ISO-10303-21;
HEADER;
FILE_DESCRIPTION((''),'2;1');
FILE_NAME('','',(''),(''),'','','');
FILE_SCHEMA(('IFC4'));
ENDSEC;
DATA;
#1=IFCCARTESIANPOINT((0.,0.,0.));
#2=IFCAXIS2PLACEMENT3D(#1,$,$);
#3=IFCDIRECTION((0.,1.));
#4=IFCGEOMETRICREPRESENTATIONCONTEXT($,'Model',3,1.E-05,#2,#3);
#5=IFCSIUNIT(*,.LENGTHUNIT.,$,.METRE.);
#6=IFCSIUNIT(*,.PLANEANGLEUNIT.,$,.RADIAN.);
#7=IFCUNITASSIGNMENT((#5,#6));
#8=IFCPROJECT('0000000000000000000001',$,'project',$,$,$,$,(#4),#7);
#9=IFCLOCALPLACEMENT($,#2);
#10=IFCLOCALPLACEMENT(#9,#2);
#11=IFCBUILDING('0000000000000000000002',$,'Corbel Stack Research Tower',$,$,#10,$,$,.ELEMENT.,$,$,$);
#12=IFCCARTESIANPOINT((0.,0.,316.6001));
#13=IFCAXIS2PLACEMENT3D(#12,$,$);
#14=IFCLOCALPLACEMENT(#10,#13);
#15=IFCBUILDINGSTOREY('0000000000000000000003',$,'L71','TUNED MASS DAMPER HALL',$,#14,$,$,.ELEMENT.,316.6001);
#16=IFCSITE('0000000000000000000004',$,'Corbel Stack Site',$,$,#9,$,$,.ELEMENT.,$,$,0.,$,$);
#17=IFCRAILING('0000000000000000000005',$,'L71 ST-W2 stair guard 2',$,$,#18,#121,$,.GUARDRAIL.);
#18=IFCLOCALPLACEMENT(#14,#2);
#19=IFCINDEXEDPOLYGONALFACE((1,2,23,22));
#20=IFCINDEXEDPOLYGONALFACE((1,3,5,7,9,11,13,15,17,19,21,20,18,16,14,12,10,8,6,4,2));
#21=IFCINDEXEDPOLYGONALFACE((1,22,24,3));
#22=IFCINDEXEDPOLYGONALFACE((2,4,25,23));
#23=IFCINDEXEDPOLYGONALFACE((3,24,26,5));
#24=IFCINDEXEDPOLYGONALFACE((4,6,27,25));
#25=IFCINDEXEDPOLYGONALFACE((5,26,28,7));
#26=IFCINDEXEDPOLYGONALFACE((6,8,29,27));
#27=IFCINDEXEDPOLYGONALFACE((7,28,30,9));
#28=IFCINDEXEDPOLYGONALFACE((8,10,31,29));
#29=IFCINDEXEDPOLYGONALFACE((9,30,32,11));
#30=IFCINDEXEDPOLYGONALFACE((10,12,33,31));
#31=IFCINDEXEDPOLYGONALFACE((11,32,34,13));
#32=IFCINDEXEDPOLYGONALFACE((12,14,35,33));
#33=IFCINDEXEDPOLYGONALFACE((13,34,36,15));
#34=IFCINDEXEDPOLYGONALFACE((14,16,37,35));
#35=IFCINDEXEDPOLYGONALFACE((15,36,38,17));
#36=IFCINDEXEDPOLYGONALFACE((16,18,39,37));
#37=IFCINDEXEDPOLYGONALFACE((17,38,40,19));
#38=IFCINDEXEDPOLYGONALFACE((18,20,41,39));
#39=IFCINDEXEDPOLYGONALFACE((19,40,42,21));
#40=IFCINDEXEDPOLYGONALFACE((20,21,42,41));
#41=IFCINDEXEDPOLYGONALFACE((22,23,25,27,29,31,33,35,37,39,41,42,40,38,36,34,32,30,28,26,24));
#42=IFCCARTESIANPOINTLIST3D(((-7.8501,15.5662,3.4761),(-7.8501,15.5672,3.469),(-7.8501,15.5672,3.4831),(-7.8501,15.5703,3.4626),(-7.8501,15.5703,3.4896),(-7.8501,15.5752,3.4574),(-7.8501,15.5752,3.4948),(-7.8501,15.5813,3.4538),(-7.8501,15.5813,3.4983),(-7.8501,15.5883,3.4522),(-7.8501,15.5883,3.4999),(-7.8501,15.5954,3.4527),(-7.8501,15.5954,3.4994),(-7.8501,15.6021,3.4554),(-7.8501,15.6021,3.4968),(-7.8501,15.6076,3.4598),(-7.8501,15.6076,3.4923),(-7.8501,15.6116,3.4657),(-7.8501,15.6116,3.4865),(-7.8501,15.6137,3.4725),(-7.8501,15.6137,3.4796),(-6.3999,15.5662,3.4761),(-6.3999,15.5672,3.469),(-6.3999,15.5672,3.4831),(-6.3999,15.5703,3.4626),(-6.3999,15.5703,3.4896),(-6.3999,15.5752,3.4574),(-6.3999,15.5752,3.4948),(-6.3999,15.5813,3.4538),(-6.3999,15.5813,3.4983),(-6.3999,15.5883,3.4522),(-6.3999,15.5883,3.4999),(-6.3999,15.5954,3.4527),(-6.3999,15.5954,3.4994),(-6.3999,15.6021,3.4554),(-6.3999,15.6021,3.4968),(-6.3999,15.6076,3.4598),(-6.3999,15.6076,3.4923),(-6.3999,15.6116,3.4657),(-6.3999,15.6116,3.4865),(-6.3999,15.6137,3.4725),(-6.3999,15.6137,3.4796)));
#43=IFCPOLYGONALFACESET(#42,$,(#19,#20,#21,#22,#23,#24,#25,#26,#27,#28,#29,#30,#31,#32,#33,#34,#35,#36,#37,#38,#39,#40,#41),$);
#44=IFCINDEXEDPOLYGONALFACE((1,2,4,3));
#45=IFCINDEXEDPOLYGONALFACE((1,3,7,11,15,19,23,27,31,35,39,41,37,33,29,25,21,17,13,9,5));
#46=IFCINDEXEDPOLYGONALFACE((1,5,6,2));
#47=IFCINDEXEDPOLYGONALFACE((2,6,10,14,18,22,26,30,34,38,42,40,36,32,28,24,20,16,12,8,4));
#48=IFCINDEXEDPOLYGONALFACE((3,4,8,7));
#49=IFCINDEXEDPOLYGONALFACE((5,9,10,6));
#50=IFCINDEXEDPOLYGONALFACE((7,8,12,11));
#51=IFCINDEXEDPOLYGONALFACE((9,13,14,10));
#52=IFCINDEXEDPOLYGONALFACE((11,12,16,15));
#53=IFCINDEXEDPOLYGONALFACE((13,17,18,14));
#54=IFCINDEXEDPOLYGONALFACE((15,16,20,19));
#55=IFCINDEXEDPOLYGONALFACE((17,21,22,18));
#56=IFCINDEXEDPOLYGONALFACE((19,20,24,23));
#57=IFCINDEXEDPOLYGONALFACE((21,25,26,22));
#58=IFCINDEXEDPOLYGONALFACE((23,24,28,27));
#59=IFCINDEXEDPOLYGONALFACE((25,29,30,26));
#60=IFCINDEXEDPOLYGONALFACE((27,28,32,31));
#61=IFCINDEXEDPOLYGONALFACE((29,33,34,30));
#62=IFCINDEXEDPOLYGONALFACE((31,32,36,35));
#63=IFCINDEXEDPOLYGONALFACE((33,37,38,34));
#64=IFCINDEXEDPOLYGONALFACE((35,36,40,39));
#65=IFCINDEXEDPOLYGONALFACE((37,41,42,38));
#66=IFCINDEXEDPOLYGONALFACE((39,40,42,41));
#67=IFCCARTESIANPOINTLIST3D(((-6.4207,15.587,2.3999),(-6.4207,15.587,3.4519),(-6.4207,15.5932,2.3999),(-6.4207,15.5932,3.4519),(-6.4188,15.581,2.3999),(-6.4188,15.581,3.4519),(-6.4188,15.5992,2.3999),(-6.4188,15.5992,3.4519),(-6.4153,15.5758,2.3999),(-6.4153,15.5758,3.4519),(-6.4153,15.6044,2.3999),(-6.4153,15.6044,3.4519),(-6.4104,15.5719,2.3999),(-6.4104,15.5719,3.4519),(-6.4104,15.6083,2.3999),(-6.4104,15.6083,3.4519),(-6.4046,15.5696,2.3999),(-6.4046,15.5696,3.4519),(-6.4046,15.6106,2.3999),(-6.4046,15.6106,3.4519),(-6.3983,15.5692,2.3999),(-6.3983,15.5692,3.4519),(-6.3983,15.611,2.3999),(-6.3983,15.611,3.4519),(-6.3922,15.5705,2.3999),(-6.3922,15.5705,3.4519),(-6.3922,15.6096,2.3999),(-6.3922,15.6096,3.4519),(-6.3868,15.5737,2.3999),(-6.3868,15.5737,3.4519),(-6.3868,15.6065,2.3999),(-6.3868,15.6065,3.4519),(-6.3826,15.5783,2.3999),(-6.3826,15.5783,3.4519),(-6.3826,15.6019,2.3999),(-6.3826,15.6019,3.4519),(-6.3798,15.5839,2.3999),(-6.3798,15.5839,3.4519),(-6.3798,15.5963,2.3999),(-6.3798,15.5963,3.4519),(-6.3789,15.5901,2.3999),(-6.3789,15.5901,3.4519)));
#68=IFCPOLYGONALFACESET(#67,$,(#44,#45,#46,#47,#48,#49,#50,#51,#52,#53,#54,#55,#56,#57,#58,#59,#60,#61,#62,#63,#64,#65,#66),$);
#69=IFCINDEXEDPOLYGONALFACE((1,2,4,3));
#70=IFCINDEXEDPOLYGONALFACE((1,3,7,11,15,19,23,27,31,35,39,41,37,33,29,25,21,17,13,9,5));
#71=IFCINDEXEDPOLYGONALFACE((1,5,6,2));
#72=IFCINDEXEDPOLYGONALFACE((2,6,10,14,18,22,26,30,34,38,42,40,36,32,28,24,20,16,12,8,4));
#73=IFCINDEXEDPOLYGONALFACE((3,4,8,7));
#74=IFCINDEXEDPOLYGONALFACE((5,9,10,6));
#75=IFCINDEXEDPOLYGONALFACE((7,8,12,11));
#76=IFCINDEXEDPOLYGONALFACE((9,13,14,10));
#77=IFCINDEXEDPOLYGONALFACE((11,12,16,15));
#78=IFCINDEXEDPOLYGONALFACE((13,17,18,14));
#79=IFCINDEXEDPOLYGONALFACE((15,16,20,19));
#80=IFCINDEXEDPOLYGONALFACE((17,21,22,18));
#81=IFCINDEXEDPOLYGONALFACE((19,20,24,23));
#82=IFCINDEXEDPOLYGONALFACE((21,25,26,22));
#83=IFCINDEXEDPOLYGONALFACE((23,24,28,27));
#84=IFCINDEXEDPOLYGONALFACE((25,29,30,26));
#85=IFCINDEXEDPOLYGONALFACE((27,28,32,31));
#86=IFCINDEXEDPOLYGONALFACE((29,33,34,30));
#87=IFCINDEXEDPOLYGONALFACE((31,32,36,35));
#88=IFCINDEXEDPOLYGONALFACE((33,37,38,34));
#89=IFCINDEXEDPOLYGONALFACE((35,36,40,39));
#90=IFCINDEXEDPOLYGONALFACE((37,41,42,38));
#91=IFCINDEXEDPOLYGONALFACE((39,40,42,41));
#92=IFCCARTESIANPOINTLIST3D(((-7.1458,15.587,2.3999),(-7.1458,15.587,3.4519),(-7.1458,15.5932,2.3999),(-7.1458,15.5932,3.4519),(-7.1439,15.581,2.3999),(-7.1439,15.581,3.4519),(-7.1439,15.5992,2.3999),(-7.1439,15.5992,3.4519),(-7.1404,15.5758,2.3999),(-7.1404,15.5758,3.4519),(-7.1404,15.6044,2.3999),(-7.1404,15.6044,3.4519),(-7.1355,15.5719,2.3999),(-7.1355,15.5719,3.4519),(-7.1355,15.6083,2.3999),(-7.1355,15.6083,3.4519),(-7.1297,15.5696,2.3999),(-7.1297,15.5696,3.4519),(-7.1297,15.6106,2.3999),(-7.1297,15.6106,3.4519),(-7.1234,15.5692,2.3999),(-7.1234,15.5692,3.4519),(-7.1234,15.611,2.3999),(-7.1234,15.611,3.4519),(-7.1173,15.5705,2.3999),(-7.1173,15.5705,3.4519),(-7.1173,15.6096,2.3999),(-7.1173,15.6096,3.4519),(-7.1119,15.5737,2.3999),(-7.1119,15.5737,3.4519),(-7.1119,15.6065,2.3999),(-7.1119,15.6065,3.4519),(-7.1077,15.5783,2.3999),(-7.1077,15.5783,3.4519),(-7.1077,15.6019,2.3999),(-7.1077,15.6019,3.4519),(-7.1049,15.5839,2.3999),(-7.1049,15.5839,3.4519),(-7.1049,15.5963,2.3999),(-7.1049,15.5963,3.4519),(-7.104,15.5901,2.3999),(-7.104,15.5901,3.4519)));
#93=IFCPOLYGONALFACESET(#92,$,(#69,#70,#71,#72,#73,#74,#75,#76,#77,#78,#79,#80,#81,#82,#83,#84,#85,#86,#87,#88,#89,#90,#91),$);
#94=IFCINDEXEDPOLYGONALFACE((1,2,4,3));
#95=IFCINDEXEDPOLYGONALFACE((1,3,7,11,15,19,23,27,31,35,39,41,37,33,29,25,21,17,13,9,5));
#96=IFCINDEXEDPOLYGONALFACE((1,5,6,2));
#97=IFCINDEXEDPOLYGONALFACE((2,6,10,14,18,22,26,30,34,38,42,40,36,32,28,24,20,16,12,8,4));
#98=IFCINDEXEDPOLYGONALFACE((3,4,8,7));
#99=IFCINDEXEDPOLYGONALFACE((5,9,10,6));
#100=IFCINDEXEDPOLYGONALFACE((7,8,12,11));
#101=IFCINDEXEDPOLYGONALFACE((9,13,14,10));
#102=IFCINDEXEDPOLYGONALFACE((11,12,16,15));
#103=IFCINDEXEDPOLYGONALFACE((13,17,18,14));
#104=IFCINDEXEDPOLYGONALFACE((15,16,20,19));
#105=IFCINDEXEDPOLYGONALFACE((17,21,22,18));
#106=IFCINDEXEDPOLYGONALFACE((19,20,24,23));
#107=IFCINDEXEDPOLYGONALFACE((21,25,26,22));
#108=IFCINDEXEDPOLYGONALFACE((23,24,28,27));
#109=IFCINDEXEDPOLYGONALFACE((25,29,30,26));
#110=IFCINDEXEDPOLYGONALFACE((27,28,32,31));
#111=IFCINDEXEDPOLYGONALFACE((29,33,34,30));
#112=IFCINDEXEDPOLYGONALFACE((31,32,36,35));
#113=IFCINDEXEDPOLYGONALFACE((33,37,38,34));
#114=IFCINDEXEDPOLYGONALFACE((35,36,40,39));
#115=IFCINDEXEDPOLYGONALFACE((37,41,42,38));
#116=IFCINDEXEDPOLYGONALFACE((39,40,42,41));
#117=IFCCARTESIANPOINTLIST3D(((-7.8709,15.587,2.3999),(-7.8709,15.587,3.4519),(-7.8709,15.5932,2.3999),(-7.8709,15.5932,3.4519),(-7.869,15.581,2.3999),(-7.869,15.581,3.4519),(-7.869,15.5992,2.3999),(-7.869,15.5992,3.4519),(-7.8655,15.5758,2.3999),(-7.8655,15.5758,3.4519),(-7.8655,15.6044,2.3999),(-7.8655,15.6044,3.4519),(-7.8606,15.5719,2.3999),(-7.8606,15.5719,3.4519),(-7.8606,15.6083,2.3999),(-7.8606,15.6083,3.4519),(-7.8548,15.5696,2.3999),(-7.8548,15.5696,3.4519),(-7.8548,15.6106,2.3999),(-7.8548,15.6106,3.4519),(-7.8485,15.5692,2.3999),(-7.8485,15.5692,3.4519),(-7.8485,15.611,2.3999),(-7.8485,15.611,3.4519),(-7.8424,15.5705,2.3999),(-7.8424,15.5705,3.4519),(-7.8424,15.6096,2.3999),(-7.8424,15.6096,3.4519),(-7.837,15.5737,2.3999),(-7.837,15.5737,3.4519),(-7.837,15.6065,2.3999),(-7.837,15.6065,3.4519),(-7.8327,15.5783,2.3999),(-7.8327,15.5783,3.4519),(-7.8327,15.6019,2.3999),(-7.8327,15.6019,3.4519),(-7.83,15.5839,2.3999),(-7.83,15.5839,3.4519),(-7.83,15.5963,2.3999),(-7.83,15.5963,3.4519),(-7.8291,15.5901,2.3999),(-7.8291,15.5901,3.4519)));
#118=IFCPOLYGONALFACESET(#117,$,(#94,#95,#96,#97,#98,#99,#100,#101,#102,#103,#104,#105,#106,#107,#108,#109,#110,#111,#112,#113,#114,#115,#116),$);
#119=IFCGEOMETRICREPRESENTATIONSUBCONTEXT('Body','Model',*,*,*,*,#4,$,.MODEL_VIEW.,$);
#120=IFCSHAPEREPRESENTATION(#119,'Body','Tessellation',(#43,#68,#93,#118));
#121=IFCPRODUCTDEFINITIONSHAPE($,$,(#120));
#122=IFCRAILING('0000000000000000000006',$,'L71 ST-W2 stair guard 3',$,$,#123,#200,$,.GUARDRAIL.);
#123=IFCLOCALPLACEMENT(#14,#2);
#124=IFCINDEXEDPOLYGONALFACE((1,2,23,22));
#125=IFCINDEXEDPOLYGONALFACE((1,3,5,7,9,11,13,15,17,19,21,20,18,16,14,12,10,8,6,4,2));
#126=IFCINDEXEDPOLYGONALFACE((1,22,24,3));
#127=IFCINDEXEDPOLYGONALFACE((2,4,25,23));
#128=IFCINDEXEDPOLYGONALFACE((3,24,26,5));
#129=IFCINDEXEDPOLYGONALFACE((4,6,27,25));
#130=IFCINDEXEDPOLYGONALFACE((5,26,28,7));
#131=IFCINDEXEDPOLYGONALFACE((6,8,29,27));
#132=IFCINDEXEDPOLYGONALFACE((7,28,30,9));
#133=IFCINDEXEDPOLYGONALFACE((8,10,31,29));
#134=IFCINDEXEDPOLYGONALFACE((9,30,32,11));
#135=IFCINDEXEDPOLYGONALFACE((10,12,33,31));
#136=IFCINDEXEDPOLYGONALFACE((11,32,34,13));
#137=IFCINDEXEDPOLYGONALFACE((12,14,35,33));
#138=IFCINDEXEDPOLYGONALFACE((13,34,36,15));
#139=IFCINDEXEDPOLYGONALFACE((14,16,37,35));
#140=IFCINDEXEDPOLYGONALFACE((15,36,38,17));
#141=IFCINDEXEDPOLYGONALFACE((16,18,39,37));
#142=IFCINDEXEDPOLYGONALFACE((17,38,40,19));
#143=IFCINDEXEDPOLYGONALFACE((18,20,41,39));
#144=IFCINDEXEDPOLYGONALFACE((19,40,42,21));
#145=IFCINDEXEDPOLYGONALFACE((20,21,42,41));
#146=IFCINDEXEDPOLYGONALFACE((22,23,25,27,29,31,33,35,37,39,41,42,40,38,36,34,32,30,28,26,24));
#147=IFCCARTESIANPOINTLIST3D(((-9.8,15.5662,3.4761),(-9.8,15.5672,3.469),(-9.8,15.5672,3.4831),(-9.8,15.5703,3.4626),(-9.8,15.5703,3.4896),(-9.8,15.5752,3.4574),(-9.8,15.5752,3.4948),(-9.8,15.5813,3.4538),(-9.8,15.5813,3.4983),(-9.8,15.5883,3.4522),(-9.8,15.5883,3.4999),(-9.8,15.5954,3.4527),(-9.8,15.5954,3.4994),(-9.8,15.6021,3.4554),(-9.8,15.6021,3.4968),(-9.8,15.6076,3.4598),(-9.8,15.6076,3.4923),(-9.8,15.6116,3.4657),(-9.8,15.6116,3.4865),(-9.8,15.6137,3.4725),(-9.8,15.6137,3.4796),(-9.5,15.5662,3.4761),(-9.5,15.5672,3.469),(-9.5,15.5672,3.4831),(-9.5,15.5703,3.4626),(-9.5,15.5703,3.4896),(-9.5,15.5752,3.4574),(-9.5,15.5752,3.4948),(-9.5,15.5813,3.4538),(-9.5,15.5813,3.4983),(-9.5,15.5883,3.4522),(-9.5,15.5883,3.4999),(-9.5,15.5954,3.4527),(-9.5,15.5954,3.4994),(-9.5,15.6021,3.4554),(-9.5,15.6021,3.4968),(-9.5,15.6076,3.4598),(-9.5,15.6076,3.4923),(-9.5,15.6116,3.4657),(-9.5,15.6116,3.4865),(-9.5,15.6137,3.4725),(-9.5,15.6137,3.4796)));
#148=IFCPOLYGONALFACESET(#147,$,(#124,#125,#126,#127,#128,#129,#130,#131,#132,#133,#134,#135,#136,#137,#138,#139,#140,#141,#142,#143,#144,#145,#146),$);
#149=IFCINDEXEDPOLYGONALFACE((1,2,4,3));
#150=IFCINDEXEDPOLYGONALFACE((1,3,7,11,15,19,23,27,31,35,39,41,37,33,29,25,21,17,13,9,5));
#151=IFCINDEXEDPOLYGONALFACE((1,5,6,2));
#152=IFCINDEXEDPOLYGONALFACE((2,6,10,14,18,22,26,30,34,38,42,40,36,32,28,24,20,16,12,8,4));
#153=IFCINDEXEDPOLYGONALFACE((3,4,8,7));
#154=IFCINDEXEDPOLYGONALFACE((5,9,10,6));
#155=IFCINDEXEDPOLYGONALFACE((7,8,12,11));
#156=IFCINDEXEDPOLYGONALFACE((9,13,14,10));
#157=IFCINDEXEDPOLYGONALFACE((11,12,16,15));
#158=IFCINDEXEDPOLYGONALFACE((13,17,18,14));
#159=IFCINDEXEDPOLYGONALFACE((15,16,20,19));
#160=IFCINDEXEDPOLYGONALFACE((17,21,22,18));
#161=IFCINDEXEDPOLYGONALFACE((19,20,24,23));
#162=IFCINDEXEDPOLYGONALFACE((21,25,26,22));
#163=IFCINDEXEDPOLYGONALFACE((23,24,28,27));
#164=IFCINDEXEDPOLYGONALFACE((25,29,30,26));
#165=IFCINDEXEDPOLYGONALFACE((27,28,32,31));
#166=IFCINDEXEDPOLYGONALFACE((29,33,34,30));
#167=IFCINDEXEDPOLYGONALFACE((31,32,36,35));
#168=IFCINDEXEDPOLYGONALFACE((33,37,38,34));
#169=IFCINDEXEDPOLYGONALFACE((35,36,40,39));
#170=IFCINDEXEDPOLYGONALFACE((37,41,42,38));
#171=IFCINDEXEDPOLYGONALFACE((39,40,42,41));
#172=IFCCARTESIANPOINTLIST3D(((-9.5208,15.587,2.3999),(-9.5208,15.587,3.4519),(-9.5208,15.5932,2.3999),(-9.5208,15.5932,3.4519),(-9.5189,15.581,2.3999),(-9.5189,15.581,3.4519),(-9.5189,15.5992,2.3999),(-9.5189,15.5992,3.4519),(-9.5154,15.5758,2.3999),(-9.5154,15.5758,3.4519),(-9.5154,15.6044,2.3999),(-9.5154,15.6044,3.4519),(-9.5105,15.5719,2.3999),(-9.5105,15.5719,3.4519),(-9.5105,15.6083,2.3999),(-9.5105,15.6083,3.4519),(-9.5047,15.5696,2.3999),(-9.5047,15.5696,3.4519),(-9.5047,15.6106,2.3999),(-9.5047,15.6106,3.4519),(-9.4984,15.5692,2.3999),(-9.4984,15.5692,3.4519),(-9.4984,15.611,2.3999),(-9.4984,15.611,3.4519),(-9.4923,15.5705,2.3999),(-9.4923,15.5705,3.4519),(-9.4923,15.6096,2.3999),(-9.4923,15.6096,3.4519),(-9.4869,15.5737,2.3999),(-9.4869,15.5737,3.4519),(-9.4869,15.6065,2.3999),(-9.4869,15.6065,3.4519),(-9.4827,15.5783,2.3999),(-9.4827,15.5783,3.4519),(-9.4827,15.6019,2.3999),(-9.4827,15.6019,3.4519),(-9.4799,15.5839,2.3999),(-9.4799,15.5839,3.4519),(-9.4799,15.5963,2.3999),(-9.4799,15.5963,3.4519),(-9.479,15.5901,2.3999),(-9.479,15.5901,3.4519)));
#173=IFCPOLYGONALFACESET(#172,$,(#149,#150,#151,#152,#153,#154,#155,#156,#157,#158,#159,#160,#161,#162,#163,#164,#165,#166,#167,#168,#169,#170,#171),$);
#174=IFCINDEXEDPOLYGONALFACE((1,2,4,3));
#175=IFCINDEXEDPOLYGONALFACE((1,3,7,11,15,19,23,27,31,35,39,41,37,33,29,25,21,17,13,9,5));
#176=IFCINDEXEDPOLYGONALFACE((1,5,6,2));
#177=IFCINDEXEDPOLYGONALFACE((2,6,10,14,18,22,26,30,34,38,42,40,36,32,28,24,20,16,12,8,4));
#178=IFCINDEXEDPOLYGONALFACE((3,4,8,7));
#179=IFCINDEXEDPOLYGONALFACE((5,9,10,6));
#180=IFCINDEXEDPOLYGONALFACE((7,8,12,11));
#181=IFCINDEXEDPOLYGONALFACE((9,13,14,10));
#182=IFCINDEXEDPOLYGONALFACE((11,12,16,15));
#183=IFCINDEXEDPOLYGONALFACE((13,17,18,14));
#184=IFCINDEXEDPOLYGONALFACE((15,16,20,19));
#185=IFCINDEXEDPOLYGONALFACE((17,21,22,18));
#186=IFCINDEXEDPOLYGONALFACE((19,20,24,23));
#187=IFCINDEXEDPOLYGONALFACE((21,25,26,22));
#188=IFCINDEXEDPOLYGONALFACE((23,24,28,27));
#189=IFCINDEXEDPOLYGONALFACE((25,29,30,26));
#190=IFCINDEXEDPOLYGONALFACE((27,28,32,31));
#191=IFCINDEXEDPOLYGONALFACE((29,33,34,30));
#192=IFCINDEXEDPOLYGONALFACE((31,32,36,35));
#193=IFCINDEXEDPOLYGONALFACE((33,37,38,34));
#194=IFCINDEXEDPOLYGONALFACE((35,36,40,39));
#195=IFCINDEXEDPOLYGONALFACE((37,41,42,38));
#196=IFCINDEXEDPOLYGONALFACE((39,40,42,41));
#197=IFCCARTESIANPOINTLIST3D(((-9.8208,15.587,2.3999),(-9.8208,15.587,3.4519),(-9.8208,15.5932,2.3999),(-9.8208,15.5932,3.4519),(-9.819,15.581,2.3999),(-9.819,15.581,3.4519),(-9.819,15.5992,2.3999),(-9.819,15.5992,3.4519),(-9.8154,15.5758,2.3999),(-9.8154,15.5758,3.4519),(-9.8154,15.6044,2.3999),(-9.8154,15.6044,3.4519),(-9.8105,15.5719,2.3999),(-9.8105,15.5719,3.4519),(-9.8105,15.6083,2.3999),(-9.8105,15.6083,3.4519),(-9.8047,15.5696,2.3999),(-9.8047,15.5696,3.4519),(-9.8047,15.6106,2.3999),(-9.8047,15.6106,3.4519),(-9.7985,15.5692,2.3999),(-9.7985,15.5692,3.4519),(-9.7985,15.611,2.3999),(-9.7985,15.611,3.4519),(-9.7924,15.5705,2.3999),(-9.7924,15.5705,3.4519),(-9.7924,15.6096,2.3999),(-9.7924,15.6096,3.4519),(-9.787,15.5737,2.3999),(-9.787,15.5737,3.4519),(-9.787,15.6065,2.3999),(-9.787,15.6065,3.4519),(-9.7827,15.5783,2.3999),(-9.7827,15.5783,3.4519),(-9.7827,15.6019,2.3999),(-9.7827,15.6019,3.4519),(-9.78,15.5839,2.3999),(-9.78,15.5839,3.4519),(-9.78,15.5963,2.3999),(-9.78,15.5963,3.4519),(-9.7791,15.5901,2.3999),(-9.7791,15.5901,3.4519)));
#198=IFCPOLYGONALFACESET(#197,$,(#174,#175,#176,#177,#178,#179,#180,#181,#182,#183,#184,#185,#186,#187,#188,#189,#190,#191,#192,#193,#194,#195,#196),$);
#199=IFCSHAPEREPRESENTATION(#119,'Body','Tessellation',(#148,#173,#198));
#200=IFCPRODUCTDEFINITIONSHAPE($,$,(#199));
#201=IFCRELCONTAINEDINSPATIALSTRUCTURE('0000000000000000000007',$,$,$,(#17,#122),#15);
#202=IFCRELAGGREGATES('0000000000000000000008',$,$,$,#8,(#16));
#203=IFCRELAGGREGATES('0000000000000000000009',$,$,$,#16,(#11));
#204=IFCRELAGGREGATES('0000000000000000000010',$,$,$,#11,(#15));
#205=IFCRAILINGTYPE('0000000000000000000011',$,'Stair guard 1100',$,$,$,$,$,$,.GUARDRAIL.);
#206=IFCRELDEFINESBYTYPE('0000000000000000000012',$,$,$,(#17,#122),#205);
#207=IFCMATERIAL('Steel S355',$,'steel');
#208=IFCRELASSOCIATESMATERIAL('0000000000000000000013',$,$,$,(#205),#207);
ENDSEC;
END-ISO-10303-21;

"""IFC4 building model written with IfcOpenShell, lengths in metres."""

from ifc_helpers import new_model, si_unit, direction, frame, origin, origin_2d, place, context, subcontext, project, spatial, circle, extrude, material, type_object, element, save


model = new_model("IFC4")

# Units and contexts
model_context = context("Model", 3, precision=1e-05, world=origin(), true_north=direction((0.0, 1.0)))
body_context = subcontext(model_context, "Body", "Model", "MODEL_VIEW")
ifc_project = project(units=[si_unit("LENGTHUNIT", "METRE"), si_unit("PLANEANGLEUNIT", "RADIAN")], contexts=[model_context])

# Site, building, storey
site_placement = place(None, origin())
site = spatial("IfcSite", under=ifc_project, at=site_placement, Name="Corbel Stack Site", CompositionType="ELEMENT", RefElevation=0.0)
building_placement = place(site_placement, origin())
building = spatial("IfcBuilding", under=site, at=building_placement, Name="Corbel Stack Research Tower", CompositionType="ELEMENT")
storey_placement = place(building_placement, frame((0.0, 0.0, 316.6001)))
storey = spatial("IfcBuildingStorey", under=building, at=storey_placement, Name="L71", Description="TUNED MASS DAMPER HALL", CompositionType="ELEMENT", Elevation=316.6001)

# Railings
ifc_material_1 = material(Name="Steel S355", Category="steel")
railing_type_1 = type_object("IfcRailingType", Name="Stair guard 1100", PredefinedType="GUARDRAIL", material=ifc_material_1)
railing_1_placement = place(storey_placement, frame((-6.3999, 15.5901, 2.3999)))
element("IfcRailing", 1, at=railing_1_placement, inside=storey, type_object=railing_type_1, Name="L71 ST-W2 stair guard 2", PredefinedType="GUARDRAIL", context=body_context, shape_type="SweptSolid", body=[
    extrude(circle(Radius=0.0239, at=origin_2d()), frame((0.0, 0.0, 1.0762), z_axis=(-1.0, 0.0, 0.0), x_axis=(0.0, -1.0, 0.0)), (0.0, 0.0, 1.0), 1.4502),
    extrude(circle(Radius=0.021, at=origin_2d()), origin(), (0.0, 0.0, 1.0), 1.052),
    extrude(circle(Radius=0.021, at=origin_2d()), frame((-0.7251, 0.0, 0.0)), (0.0, 0.0, 1.0), 1.052),
    extrude(circle(Radius=0.021, at=origin_2d()), frame((-1.4502, 0.0, 0.0)), (0.0, 0.0, 1.0), 1.052),
])
railing_2_placement = place(storey_placement, frame((-9.5, 15.5901, 2.3999)))
element("IfcRailing", 2, at=railing_2_placement, inside=storey, type_object=railing_type_1, Name="L71 ST-W2 stair guard 3", PredefinedType="GUARDRAIL", context=body_context, shape_type="SweptSolid", body=[
    extrude(circle(Radius=0.0239, at=origin_2d()), frame((0.0, 0.0, 1.0762), z_axis=(-1.0, 0.0, 0.0), x_axis=(0.0, -1.0, 0.0)), (0.0, 0.0, 1.0), 0.3),
    extrude(circle(Radius=0.021, at=origin_2d()), origin(), (0.0, 0.0, 1.0), 1.052),
    extrude(circle(Radius=0.021, at=origin_2d()), frame((-0.3, 0.0, 0.0)), (0.0, 0.0, 1.0), 1.052),
])

save(model, "model.ifc")
